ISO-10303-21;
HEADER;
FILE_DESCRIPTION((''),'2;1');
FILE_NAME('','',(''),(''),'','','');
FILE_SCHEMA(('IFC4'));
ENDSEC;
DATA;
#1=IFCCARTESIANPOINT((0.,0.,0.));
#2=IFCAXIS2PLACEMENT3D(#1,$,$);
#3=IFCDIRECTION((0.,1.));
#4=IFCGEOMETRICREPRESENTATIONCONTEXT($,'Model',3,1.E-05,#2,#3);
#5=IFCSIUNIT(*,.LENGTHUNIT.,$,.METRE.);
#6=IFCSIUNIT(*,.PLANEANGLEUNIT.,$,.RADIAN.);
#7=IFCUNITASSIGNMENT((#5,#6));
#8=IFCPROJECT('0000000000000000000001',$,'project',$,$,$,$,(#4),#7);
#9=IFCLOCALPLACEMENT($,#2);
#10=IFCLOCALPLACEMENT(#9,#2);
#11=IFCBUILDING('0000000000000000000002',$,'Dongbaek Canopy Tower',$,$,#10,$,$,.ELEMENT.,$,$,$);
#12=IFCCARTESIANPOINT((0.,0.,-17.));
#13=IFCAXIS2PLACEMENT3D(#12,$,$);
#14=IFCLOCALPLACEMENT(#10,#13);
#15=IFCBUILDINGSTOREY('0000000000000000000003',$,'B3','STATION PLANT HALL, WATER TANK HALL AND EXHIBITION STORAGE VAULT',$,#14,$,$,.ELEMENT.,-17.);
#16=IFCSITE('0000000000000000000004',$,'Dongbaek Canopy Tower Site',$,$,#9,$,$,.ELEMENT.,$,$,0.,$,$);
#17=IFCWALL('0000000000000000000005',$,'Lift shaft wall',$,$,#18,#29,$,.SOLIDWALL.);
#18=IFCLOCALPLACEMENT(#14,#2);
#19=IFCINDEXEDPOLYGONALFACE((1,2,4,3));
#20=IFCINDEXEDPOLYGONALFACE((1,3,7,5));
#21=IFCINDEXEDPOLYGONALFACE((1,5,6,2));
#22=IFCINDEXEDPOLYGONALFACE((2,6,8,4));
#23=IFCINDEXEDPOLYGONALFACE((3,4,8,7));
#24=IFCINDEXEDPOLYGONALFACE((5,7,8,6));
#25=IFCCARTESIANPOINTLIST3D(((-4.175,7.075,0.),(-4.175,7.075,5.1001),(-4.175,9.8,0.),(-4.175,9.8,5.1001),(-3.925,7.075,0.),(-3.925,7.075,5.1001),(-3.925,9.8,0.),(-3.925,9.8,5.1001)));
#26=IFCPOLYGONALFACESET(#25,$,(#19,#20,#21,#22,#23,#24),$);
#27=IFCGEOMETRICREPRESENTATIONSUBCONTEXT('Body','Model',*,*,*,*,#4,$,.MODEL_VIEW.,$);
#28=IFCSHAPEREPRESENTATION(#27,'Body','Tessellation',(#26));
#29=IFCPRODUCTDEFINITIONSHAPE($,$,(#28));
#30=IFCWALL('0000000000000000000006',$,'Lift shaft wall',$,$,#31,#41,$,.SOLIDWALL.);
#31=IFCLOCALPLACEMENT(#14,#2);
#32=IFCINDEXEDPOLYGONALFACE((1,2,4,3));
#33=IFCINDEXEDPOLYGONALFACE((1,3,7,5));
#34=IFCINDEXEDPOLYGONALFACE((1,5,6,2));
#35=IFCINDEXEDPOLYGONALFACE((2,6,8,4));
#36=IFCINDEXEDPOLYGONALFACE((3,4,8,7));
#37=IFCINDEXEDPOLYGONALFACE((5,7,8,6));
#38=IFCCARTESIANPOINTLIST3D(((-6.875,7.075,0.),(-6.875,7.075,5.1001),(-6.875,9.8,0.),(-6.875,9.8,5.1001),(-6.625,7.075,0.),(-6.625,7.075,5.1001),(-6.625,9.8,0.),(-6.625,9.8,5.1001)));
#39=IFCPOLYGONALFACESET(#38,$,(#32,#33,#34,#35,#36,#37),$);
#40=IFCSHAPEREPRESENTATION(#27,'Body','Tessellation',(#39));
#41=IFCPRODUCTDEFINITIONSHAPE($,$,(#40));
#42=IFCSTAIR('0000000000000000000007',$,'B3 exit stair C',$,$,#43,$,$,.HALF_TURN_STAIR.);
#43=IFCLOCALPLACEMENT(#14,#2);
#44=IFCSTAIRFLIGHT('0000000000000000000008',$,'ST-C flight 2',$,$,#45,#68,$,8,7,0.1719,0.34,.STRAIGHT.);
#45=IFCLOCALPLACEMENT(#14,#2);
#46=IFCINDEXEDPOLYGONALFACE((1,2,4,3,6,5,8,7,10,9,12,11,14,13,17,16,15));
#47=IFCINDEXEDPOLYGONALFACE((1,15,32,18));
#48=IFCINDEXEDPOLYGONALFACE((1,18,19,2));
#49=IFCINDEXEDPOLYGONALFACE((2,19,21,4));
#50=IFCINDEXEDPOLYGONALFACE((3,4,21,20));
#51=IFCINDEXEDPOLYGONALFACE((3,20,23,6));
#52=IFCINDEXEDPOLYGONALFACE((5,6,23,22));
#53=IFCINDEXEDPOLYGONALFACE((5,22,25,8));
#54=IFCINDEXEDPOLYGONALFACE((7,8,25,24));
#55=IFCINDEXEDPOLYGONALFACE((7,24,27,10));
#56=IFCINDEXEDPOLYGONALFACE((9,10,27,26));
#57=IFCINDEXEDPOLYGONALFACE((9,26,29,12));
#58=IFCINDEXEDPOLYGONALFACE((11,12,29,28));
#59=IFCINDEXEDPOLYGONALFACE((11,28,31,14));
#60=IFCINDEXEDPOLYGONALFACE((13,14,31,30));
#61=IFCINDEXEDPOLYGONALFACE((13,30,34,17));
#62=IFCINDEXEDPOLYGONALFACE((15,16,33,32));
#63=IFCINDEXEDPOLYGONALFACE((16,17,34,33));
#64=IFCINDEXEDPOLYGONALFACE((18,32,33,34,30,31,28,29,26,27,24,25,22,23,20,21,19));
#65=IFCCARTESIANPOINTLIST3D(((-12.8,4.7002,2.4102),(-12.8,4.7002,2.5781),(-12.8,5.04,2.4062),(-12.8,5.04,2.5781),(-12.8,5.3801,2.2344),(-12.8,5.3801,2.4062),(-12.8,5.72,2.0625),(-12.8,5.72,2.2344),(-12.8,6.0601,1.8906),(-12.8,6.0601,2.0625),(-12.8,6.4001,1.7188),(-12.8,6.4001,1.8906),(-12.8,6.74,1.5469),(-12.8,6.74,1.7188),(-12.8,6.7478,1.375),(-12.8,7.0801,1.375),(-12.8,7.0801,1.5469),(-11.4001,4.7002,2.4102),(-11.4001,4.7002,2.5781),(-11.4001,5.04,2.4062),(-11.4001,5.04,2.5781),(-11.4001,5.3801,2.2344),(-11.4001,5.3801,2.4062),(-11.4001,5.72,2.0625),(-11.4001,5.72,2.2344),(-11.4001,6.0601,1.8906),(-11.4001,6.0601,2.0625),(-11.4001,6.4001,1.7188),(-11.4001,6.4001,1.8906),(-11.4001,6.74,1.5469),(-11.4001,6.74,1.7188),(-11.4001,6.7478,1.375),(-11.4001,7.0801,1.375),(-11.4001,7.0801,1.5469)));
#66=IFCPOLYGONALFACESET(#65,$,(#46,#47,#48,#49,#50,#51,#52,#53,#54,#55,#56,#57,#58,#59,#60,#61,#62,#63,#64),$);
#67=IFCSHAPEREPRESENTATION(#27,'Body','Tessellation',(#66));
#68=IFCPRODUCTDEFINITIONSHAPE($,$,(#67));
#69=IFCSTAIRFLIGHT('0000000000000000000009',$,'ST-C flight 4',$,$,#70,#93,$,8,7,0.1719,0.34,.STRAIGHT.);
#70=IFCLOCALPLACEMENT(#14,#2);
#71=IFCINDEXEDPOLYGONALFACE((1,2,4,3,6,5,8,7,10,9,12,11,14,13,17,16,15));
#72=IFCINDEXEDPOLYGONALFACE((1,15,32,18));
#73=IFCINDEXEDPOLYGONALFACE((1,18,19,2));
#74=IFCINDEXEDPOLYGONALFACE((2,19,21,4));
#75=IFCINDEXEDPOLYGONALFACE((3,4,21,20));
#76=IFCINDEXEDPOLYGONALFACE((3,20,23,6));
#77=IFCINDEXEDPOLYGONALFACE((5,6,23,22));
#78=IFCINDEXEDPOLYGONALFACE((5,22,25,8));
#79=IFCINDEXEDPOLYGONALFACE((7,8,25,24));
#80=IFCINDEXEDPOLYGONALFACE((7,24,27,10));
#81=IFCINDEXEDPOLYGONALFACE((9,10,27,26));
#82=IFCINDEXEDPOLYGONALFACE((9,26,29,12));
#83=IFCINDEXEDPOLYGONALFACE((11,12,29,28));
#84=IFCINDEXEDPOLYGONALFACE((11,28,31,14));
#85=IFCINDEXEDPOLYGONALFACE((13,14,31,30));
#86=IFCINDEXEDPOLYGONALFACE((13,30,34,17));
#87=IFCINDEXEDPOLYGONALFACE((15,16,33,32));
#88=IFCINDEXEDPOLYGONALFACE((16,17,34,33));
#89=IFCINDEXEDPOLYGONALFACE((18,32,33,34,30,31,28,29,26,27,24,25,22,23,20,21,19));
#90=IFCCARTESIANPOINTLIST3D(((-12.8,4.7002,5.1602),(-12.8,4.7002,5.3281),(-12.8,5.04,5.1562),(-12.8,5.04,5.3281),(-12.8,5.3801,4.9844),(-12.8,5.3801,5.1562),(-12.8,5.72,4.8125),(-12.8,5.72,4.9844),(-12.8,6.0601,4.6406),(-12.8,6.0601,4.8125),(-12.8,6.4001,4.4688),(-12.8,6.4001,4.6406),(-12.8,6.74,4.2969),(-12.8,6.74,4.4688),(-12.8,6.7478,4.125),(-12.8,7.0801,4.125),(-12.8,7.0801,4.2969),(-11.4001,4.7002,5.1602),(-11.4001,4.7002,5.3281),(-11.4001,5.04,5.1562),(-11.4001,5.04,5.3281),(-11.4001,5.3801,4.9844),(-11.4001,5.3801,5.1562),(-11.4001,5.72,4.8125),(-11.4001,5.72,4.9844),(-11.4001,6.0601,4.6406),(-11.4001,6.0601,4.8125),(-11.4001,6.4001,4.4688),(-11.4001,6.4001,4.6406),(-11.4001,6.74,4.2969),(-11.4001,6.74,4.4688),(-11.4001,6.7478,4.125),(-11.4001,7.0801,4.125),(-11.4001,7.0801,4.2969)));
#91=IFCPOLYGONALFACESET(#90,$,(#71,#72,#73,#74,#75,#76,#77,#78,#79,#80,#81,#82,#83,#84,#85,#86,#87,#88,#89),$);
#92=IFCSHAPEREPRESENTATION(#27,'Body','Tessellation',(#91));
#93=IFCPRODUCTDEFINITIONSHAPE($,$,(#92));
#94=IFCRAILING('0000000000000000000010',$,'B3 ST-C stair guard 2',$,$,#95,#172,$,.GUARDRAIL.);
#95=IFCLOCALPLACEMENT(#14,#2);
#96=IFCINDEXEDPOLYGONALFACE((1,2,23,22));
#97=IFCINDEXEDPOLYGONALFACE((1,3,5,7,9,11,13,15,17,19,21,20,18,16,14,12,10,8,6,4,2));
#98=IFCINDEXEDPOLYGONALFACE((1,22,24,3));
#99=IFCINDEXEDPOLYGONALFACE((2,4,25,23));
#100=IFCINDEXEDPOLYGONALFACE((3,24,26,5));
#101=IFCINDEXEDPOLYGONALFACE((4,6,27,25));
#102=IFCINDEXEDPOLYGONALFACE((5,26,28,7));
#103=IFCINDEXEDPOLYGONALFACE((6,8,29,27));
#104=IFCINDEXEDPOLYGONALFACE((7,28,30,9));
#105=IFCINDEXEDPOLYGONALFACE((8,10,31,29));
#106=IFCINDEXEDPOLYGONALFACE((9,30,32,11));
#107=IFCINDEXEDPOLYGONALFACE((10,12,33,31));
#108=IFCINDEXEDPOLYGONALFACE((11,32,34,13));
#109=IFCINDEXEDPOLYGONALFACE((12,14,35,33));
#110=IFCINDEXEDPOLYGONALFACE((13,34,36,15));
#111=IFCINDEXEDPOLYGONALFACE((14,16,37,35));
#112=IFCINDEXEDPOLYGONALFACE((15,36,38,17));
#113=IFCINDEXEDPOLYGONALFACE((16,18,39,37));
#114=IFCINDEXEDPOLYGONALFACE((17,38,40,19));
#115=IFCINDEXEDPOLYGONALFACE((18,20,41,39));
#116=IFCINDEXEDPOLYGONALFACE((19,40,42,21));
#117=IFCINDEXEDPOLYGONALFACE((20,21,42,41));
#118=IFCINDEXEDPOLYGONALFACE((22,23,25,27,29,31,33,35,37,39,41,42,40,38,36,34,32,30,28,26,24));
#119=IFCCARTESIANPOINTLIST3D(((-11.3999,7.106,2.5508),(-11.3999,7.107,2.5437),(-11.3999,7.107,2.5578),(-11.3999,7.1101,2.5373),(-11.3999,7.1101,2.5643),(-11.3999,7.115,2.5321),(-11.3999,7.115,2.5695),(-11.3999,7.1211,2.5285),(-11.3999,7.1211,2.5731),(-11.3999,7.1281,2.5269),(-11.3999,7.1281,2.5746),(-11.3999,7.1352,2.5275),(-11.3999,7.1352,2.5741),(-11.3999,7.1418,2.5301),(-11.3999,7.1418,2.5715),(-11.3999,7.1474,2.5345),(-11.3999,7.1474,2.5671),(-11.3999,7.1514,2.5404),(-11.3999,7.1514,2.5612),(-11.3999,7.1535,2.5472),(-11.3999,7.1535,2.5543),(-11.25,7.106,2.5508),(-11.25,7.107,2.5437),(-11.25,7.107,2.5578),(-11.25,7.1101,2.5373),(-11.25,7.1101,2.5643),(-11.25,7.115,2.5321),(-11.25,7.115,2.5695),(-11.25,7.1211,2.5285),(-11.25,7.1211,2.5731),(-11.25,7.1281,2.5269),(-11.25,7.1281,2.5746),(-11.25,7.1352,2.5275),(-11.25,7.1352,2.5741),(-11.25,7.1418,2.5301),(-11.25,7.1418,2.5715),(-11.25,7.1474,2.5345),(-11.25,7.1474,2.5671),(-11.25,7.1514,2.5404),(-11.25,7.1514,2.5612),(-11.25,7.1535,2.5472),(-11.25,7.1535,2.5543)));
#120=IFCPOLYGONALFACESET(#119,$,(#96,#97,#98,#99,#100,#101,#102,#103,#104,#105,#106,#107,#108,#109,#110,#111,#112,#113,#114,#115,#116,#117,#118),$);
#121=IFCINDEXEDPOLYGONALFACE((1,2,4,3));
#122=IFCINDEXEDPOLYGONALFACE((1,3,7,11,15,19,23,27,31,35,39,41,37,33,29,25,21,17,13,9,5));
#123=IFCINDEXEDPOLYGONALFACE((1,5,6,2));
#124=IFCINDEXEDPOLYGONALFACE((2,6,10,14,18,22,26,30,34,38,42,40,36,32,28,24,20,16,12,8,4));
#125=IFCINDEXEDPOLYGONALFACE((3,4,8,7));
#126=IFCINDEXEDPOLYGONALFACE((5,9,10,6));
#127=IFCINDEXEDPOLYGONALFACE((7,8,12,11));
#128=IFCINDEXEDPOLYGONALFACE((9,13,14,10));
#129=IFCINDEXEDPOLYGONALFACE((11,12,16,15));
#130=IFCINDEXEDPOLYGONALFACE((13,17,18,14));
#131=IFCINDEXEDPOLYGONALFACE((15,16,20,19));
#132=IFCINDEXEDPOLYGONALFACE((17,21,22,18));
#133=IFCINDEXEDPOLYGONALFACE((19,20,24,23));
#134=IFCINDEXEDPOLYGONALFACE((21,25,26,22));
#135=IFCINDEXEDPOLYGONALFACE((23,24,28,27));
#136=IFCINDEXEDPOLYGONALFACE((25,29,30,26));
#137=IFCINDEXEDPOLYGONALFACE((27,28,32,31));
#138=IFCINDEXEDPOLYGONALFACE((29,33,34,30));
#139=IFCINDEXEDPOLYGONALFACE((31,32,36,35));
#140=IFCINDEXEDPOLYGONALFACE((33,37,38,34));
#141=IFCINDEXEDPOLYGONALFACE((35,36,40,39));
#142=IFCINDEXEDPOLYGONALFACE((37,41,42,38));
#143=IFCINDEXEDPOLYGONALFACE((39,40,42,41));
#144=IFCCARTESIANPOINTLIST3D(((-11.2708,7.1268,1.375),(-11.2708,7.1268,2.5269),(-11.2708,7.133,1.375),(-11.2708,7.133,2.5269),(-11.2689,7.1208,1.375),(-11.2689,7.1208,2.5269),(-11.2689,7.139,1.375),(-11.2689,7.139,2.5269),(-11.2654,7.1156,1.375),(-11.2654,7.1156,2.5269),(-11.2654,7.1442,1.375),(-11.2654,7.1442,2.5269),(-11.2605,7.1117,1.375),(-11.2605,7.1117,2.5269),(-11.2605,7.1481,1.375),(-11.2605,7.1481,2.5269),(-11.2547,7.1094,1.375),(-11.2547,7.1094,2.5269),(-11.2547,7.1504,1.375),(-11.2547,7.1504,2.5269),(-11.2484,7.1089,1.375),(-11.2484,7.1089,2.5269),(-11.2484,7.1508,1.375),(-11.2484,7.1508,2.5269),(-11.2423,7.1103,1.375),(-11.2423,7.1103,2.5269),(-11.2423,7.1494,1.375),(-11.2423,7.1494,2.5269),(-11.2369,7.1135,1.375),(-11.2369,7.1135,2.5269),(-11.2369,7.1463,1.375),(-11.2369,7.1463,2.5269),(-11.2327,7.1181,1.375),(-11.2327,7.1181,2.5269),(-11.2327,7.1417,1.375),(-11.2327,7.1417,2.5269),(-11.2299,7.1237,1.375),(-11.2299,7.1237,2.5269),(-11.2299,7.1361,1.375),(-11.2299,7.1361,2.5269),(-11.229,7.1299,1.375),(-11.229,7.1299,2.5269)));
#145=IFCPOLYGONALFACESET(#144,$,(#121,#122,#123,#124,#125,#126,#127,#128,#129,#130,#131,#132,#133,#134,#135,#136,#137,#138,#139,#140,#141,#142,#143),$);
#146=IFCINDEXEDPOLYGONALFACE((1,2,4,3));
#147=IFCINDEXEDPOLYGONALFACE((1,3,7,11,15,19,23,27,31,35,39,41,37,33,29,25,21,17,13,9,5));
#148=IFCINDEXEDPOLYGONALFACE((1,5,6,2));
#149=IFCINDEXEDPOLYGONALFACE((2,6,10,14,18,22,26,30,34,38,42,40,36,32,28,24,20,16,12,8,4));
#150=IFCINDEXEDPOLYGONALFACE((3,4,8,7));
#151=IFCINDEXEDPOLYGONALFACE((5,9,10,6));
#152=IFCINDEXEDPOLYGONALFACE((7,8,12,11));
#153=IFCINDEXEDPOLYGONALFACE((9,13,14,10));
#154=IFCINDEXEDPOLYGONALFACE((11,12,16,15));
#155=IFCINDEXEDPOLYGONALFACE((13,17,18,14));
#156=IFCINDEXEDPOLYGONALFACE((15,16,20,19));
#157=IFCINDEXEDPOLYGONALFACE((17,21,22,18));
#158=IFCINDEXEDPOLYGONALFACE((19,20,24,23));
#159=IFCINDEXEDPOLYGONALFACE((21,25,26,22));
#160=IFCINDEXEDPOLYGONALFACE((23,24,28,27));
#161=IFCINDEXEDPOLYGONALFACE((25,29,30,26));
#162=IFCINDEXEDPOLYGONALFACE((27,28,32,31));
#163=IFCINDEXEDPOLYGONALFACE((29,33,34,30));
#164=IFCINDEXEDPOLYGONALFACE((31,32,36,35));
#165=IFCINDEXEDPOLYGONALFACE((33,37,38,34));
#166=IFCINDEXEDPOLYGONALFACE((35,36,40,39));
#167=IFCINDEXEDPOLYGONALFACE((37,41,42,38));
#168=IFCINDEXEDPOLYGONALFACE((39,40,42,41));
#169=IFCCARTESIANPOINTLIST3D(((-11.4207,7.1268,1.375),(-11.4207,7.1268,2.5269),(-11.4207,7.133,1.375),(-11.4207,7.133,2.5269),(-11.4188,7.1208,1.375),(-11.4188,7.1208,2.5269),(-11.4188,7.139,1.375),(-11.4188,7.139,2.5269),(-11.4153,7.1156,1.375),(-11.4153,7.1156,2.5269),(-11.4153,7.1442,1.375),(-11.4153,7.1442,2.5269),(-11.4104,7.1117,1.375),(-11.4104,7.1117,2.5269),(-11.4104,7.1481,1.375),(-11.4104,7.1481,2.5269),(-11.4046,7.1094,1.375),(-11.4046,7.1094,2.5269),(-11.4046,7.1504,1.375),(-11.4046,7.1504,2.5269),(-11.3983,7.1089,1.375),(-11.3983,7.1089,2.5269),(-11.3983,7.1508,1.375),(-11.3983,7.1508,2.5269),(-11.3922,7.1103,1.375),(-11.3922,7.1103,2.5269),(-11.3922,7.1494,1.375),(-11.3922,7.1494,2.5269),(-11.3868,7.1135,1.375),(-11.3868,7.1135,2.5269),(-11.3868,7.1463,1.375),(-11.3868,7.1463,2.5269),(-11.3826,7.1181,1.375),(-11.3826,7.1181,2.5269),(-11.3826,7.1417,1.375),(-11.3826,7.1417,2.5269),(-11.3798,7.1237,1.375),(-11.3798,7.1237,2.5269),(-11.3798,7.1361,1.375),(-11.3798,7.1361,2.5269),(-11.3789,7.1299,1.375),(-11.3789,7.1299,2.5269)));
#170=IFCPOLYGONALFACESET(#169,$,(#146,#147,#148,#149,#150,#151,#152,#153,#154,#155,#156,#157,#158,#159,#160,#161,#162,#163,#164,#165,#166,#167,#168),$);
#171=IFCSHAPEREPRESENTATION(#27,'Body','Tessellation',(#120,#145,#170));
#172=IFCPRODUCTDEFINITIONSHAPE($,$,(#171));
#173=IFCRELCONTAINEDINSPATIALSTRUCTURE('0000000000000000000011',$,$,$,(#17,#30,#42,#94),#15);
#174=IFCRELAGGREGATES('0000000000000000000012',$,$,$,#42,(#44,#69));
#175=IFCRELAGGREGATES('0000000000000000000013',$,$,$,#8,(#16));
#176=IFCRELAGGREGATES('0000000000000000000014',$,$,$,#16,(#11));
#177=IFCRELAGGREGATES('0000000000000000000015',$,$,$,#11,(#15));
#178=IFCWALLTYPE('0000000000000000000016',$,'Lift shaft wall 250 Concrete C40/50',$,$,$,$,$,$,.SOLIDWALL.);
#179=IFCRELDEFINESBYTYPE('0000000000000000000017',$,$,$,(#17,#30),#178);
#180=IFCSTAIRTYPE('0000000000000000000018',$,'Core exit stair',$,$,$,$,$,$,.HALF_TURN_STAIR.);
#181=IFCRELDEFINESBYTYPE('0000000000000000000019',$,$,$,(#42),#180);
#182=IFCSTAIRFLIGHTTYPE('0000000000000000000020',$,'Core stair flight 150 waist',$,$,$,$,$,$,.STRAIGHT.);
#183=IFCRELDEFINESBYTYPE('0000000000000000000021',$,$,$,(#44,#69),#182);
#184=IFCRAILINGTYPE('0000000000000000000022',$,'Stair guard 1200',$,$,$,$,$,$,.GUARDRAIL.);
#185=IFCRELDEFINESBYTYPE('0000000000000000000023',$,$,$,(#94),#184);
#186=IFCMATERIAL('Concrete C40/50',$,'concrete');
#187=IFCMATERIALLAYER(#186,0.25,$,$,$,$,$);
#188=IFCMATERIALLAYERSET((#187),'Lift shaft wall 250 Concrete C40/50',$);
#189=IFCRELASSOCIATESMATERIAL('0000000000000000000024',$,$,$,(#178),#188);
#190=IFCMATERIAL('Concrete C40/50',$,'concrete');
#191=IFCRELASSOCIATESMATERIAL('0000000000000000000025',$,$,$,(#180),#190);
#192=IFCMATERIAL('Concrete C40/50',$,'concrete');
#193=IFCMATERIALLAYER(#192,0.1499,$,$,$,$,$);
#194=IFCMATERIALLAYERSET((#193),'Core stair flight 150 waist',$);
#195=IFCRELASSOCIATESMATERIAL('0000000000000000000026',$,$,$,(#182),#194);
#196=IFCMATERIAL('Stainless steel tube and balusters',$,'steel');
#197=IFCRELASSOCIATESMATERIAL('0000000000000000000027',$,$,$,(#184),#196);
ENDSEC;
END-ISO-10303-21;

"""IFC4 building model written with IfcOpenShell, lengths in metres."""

from ifc_helpers import new_model, si_unit, direction, frame, frame_2d, origin, origin_2d, place, context, subcontext, project, spatial, polyline, rectangle, circle, outline, extrude, material, layer, layer_set, type_object, element, aggregate, save


model = new_model("IFC4")

# Units and contexts
model_context = context("Model", 3, precision=1e-05, world=origin(), true_north=direction((0.0, 1.0)))
body_context = subcontext(model_context, "Body", "Model", "MODEL_VIEW")
ifc_project = project(units=[si_unit("LENGTHUNIT", "METRE"), si_unit("PLANEANGLEUNIT", "RADIAN")], contexts=[model_context])

# Site, building, storey
site_placement = place(None, origin())
site = spatial("IfcSite", under=ifc_project, at=site_placement, Name="Dongbaek Canopy Tower Site", CompositionType="ELEMENT", RefElevation=0.0)
building_placement = place(site_placement, origin())
building = spatial("IfcBuilding", under=site, at=building_placement, Name="Dongbaek Canopy Tower", CompositionType="ELEMENT")
storey_placement = place(building_placement, frame((0.0, 0.0, -17.0)))
storey = spatial("IfcBuildingStorey", under=building, at=storey_placement, Name="B3", Description="STATION PLANT HALL, WATER TANK HALL AND EXHIBITION STORAGE VAULT", CompositionType="ELEMENT", Elevation=-17.0)

# Walls
ifc_material_1 = material(Name="Concrete C40/50", Category="concrete")
ifc_layer_1 = layer(ifc_material_1, 0.25)
ifc_layer_set_1 = layer_set([ifc_layer_1], Name="Lift shaft wall 250 Concrete C40/50")
wall_type_1 = type_object("IfcWallType", Name="Lift shaft wall 250 Concrete C40/50", PredefinedType="SOLIDWALL", material=ifc_layer_set_1)
for number, where, z_axis, x_axis, name in (
    (1, (-4.05, 7.075, 0.0), (0.0, 0.0, 1.0), (0.0, 1.0, 0.0), "Lift shaft wall"),
    (2, (-6.75, 7.075, 0.0), (0.0, 0.0, 1.0), (0.0, 1.0, 0.0), "Lift shaft wall"),
):
    element("IfcWall", number, at=place(storey_placement, frame(where, z_axis=z_axis, x_axis=x_axis)), inside=storey, type_object=wall_type_1, Name=name, PredefinedType="SOLIDWALL", context=body_context, shape_type="SweptSolid", body=[
        extrude(rectangle(XDim=2.7251, YDim=0.25, at=frame_2d((1.3625, 0.0))), origin(), (0.0, 0.0, 1.0), 5.1001),
    ])

# Stair, stair flights
ifc_material_2 = material(Name="Concrete C40/50", Category="concrete")
stair_type = type_object("IfcStairType", Name="Core exit stair", PredefinedType="HALF_TURN_STAIR", material=ifc_material_2)
stair_placement = place(storey_placement, origin())
stair = element("IfcStair", 3, at=stair_placement, inside=storey, type_object=stair_type, Name="B3 exit stair C", PredefinedType="HALF_TURN_STAIR")
ifc_material_3 = material(Name="Concrete C40/50", Category="concrete")
ifc_layer_2 = layer(ifc_material_3, 0.1499)
ifc_layer_set_2 = layer_set([ifc_layer_2], Name="Core stair flight 150 waist")
stair_flight_type = type_object("IfcStairFlightType", Name="Core stair flight 150 waist", PredefinedType="STRAIGHT", material=ifc_layer_set_2)
stair_flight_1_placement = place(storey_placement, frame((-12.1001, 7.0801, 1.375), z_axis=(0.0, 0.0, 1.0), x_axis=(0.0, -1.0, 0.0)))
stair_flight_1 = element("IfcStairFlight", 4, at=stair_flight_1_placement, type_object=stair_flight_type, Name="ST-C flight 2", NumberOfRisers=8, NumberOfTreads=7, PredefinedType="STRAIGHT", RiserHeight=0.1719, TreadLength=0.34, context=body_context, shape_type="SweptSolid", body=[
    extrude(outline(polyline([(0.0, 0.0), (0.0, 0.1719), (0.3401, 0.1719), (0.3401, 0.3438), (0.6799, 0.3438), (0.6799, 0.5156), (1.02, 0.5156), (1.02, 0.6875), (1.3601, 0.6875), (1.3601, 0.8594), (1.7, 0.8594), (1.7, 1.0312), (2.04, 1.0312), (2.04, 1.2031), (2.3799, 1.2031), (2.3799, 1.375), (2.3799, 1.0352), (0.3323, 0.0), (0.0, 0.0)])), frame((0.0, 0.7, 0.0), z_axis=(0.0, -1.0, 0.0), x_axis=(1.0, 0.0, 0.0)), (0.0, 0.0, 1.0), 1.3999),
])
stair_flight_2_placement = place(storey_placement, frame((-12.1001, 7.0801, 4.125), z_axis=(0.0, 0.0, 1.0), x_axis=(0.0, -1.0, 0.0)))
stair_flight_2 = element("IfcStairFlight", 5, at=stair_flight_2_placement, type_object=stair_flight_type, Name="ST-C flight 4", NumberOfRisers=8, NumberOfTreads=7, PredefinedType="STRAIGHT", RiserHeight=0.1719, TreadLength=0.34, context=body_context, shape_type="SweptSolid", body=[
    extrude(outline(polyline([(0.0, 0.0), (0.0, 0.1719), (0.3401, 0.1719), (0.3401, 0.3438), (0.6799, 0.3438), (0.6799, 0.5156), (1.02, 0.5156), (1.02, 0.6875), (1.3601, 0.6875), (1.3601, 0.8594), (1.7, 0.8594), (1.7, 1.0312), (2.04, 1.0312), (2.04, 1.2031), (2.3799, 1.2031), (2.3799, 1.375), (2.3799, 1.0352), (0.3323, 0.0), (0.0, 0.0)])), frame((0.0, 0.7, 0.0), z_axis=(0.0, -1.0, 0.0), x_axis=(1.0, 0.0, 0.0)), (0.0, 0.0, 1.0), 1.3999),
])
aggregate(stair, [stair_flight_1, stair_flight_2])

# Railing
ifc_material_4 = material(Name="Stainless steel tube and balusters", Category="steel")
railing_type_1 = type_object("IfcRailingType", Name="Stair guard 1200", PredefinedType="GUARDRAIL", material=ifc_material_4)
railing_1_placement = place(storey_placement, frame((-11.25, 7.1299, 1.375)))
element("IfcRailing", 6, at=railing_1_placement, inside=storey, type_object=railing_type_1, Name="B3 ST-C stair guard 2", PredefinedType="GUARDRAIL", context=body_context, shape_type="SweptSolid", body=[
    extrude(circle(Radius=0.0239, at=origin_2d()), frame((0.0, 0.0, 1.1758), z_axis=(-1.0, 0.0, 0.0), x_axis=(0.0, -1.0, 0.0)), (0.0, 0.0, 1.0), 0.1499),
    extrude(circle(Radius=0.021, at=origin_2d()), origin(), (0.0, 0.0, 1.0), 1.1519),
    extrude(circle(Radius=0.021, at=origin_2d()), frame((-0.1499, 0.0, 0.0)), (0.0, 0.0, 1.0), 1.1519),
])

save(model, "model.ifc")
